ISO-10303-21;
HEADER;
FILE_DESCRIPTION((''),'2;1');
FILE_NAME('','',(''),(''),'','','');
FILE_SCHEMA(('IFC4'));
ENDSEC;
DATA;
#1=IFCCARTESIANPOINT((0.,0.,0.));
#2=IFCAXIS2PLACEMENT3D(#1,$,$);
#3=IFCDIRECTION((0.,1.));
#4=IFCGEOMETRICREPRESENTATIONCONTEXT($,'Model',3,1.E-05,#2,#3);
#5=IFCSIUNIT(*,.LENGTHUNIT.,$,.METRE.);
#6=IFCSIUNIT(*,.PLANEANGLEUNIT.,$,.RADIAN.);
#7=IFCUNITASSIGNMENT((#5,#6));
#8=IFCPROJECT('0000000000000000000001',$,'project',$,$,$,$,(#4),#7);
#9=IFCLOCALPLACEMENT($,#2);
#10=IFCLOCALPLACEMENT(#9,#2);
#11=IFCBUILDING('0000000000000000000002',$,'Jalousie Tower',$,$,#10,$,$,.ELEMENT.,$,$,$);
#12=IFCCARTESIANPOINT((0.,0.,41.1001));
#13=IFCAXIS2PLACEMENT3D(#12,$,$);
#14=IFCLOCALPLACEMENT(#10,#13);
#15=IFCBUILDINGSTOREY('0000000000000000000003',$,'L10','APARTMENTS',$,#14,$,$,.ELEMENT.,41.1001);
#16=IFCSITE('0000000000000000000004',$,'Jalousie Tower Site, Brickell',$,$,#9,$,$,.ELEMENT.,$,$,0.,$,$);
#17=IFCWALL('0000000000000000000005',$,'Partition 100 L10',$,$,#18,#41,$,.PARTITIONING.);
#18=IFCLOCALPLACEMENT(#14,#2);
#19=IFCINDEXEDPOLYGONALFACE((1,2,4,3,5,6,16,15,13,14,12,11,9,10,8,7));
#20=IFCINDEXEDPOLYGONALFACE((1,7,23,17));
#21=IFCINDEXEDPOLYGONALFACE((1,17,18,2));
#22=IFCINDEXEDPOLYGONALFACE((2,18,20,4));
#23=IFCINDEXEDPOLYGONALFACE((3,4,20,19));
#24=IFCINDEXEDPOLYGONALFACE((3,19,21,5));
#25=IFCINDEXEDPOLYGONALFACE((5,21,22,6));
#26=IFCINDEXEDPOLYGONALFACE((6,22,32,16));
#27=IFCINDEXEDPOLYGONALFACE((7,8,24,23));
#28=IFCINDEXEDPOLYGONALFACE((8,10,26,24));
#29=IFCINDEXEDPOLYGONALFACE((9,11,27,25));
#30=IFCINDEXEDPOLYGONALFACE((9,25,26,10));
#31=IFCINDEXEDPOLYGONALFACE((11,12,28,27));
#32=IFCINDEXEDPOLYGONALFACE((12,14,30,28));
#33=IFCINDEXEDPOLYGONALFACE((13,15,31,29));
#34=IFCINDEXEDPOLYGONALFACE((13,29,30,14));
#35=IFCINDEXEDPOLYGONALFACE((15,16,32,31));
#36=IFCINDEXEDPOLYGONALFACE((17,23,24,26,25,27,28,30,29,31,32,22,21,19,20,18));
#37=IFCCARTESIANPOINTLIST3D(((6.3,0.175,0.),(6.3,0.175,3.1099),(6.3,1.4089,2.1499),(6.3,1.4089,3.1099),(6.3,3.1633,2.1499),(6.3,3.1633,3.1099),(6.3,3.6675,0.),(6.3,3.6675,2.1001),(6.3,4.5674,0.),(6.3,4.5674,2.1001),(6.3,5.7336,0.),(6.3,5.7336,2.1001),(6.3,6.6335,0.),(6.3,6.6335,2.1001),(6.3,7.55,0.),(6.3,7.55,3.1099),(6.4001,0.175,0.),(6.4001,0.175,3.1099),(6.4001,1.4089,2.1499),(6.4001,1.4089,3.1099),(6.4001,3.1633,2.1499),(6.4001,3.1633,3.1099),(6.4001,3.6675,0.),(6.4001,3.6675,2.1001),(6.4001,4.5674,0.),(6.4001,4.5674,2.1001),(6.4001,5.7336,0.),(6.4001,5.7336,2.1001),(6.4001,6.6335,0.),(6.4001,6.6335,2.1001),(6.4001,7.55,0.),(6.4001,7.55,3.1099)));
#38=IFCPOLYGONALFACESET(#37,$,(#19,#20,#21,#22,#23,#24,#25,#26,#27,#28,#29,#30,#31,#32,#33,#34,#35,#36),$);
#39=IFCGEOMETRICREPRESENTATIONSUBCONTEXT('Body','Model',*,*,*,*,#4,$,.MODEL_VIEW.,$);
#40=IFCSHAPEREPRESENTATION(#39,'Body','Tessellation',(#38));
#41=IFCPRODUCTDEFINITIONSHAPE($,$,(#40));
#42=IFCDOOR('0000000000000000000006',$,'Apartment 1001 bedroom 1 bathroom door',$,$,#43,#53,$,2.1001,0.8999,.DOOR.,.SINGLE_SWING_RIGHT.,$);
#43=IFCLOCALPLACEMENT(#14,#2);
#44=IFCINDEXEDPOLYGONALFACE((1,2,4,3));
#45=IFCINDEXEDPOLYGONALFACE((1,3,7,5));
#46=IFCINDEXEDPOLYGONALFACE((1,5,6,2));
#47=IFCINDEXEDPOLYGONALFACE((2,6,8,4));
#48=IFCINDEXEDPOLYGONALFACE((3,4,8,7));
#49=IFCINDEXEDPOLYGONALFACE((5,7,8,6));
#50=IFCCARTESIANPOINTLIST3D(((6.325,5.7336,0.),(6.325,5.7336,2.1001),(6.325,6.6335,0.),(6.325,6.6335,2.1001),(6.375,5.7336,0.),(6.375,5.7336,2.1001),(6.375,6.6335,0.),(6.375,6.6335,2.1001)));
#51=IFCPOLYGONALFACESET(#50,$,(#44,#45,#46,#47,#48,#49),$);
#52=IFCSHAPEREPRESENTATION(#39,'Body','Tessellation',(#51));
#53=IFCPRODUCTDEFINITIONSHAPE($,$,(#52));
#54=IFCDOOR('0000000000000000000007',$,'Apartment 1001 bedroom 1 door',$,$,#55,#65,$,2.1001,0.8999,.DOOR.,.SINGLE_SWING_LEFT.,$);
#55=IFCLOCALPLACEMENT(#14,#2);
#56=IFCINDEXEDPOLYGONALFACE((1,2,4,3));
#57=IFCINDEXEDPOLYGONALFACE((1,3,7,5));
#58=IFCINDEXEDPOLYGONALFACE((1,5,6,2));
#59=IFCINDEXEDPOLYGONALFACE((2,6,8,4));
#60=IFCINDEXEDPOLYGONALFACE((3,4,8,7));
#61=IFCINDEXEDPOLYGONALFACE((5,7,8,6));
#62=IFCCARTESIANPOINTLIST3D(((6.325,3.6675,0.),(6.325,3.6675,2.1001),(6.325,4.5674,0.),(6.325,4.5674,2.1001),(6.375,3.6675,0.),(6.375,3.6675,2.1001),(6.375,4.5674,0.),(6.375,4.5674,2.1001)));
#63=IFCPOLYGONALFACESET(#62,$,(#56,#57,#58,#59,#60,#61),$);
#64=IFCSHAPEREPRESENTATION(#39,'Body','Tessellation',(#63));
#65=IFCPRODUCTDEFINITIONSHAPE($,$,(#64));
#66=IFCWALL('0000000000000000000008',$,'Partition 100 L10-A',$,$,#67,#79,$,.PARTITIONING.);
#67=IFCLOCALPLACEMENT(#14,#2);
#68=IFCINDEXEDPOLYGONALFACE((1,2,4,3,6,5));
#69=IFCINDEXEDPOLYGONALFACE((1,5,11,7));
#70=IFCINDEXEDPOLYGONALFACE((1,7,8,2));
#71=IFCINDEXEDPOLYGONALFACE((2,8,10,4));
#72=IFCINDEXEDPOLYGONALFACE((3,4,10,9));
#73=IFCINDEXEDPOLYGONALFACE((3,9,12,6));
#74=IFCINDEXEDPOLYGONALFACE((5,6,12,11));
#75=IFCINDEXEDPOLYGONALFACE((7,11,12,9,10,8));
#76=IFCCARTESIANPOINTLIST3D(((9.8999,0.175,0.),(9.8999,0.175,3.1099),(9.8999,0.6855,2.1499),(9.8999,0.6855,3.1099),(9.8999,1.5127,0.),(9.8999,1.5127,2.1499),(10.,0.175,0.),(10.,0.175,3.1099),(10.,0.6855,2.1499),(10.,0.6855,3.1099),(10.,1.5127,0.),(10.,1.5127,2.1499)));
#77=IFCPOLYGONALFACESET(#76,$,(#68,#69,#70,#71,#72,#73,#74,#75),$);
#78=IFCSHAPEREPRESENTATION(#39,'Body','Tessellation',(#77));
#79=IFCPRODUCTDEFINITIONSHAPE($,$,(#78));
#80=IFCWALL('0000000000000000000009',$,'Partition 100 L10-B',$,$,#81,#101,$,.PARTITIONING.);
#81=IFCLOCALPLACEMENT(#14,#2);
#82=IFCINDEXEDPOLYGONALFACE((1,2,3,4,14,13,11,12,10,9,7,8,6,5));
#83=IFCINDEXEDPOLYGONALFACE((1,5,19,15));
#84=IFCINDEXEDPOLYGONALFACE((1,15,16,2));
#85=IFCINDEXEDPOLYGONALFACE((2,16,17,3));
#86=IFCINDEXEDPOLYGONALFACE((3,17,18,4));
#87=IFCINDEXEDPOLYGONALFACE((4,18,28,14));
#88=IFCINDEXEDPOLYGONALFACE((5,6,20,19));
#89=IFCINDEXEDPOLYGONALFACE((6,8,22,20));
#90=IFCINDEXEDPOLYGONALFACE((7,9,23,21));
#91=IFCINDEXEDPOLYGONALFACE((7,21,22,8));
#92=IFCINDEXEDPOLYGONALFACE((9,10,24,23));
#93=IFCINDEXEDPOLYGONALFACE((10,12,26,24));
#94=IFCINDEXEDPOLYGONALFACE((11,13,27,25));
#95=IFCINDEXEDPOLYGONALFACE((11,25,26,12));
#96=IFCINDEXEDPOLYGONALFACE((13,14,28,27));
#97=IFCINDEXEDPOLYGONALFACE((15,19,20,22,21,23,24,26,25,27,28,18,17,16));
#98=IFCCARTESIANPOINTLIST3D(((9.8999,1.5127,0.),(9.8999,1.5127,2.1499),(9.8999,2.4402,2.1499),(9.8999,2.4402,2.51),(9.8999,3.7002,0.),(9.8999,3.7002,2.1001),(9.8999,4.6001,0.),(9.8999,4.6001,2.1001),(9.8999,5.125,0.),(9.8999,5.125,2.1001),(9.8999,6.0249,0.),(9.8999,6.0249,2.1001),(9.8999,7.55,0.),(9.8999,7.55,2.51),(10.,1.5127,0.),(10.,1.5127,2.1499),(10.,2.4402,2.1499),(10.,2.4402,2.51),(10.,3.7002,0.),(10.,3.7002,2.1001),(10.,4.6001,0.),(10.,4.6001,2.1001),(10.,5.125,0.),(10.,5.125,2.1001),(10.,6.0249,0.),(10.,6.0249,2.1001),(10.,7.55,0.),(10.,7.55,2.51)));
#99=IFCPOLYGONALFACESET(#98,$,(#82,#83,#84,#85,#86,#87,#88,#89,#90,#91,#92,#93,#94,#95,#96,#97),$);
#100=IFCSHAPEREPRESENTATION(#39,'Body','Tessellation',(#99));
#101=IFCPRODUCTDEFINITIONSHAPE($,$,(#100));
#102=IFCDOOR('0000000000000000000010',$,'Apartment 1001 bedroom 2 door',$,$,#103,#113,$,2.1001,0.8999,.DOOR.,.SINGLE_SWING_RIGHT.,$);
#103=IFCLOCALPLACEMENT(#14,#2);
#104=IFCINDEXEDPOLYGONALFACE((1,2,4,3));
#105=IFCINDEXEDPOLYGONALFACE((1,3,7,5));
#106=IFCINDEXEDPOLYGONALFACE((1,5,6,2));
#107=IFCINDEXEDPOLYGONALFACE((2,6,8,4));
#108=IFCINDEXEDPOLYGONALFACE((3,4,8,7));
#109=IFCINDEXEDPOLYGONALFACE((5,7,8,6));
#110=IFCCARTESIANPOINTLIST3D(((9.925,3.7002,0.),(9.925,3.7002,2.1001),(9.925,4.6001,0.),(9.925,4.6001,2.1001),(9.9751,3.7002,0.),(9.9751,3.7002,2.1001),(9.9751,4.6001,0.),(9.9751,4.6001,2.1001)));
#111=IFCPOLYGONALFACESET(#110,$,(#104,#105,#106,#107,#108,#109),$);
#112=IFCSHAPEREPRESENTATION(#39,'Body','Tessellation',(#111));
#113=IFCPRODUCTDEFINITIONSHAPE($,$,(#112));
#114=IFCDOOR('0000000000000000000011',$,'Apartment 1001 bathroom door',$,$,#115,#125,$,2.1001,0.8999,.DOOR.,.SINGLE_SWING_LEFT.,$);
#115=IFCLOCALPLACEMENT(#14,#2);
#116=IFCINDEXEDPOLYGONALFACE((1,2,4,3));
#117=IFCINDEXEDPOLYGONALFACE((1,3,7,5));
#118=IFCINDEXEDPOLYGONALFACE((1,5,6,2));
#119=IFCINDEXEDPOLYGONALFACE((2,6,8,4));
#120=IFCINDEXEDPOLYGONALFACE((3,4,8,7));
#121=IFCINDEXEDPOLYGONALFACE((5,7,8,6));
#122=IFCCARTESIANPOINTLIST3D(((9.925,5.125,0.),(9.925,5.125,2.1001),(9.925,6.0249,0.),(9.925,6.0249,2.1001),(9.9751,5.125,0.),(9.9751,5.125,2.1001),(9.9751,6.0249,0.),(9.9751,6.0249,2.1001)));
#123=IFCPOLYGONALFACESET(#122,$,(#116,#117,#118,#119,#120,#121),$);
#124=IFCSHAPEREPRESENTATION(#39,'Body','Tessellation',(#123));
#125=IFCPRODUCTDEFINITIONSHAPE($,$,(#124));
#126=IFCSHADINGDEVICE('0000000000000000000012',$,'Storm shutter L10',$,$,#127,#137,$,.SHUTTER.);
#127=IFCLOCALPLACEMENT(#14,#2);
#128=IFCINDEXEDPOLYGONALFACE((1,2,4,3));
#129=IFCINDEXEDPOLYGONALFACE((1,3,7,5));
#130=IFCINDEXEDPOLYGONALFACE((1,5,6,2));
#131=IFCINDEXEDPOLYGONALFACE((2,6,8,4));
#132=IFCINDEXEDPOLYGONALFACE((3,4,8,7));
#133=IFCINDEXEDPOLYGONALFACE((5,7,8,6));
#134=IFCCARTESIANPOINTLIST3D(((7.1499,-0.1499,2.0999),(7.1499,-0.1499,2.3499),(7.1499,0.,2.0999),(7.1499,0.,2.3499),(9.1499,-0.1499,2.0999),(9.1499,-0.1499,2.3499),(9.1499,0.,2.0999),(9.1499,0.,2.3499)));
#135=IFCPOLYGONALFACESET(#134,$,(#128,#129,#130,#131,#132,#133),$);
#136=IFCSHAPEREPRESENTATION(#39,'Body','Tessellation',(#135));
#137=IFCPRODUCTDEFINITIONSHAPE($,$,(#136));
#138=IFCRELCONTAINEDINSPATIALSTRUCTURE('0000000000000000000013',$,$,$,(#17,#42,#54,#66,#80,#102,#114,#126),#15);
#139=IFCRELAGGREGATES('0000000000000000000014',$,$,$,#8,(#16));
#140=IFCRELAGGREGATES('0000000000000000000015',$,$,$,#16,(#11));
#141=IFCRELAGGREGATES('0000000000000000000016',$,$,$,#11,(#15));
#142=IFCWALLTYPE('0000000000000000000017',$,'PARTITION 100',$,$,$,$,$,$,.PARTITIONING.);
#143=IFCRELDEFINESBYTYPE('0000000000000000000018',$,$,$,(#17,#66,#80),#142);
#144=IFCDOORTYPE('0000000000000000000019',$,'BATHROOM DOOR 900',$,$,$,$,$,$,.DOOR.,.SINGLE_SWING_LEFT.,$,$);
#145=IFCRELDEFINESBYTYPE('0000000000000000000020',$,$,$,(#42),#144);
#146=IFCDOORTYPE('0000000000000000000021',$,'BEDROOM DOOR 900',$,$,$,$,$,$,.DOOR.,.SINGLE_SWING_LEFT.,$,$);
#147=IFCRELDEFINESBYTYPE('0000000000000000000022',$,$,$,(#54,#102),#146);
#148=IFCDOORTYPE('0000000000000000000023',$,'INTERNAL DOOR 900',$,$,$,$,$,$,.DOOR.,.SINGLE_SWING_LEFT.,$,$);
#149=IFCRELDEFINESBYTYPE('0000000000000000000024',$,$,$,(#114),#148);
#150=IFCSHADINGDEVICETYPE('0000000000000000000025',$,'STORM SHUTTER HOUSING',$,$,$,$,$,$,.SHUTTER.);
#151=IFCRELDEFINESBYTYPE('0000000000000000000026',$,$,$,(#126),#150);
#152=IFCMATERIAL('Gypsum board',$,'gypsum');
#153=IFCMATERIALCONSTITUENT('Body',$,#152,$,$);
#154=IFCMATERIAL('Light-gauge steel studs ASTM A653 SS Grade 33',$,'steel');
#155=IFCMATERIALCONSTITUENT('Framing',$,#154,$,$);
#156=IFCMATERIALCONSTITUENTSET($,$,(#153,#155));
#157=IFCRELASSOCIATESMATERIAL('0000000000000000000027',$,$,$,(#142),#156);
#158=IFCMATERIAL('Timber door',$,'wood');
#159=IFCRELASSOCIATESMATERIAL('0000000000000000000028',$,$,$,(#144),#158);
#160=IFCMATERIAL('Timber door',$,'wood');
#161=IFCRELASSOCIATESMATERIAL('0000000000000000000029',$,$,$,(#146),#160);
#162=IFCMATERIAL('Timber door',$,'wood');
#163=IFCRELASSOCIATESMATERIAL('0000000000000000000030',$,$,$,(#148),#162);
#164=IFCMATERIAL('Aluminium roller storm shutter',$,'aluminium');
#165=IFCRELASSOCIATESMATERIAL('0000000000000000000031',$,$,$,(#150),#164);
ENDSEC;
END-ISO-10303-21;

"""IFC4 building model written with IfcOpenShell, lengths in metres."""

from ifc_helpers import new_model, si_unit, direction, frame, frame_2d, origin, origin_2d, place, context, subcontext, project, spatial, polyline, rectangle, outline, extrude, material, constituent, constituent_set, type_object, element, fill, save


model = new_model("IFC4")

# Units and contexts
model_context = context("Model", 3, precision=1e-05, world=origin(), true_north=direction((0.0, 1.0)))
body_context = subcontext(model_context, "Body", "Model", "MODEL_VIEW")
ifc_project = project(units=[si_unit("LENGTHUNIT", "METRE"), si_unit("PLANEANGLEUNIT", "RADIAN")], contexts=[model_context])

# Site, building, storey
site_placement = place(None, origin())
site = spatial("IfcSite", under=ifc_project, at=site_placement, Name="Jalousie Tower Site, Brickell", CompositionType="ELEMENT", RefElevation=0.0)
building_placement = place(site_placement, origin())
building = spatial("IfcBuilding", under=site, at=building_placement, Name="Jalousie Tower", CompositionType="ELEMENT")
storey_placement = place(building_placement, frame((0.0, 0.0, 41.1001)))
storey = spatial("IfcBuildingStorey", under=building, at=storey_placement, Name="L10", Description="APARTMENTS", CompositionType="ELEMENT", Elevation=41.1001)

# Wall, openings, doors
ifc_material_1 = material(Name="Gypsum board", Category="gypsum")
ifc_constituent_1 = constituent(ifc_material_1, Name="Body")
ifc_material_2 = material(Name="Light-gauge steel studs ASTM A653 SS Grade 33", Category="steel")
ifc_constituent_2 = constituent(ifc_material_2, Name="Framing")
ifc_constituent_set_1 = constituent_set(constituents=[ifc_constituent_1, ifc_constituent_2])
wall_type_1 = type_object("IfcWallType", Name="PARTITION 100", PredefinedType="PARTITIONING", material=ifc_constituent_set_1)
wall_1_placement = place(storey_placement, frame((6.3501, 0.175, 0.0), z_axis=(0.0, 0.0, 1.0), x_axis=(0.0, 1.0, 0.0)))
wall_1 = element("IfcWall", 1, at=wall_1_placement, inside=storey, type_object=wall_type_1, Name="Partition 100 L10", PredefinedType="PARTITIONING", context=body_context, shape_type="SweptSolid", body=[
    extrude(outline(polyline([(0.0, 0.0), (7.375, 0.0), (7.375, 3.1099), (2.9883, 3.1099), (2.9883, 2.1499), (1.2339, 2.1499), (1.2339, 3.1099), (0.0, 3.1099), (0.0, 0.0)])), frame((0.0, 0.05, 0.0), z_axis=(0.0, -1.0, 0.0), x_axis=(1.0, 0.0, 0.0)), (0.0, 0.0, 1.0), 0.1001),
])
opening_1_placement = place(wall_1_placement, frame((3.4924, 0.0, 0.0)))
opening_1 = element("IfcOpeningElement", 2, at=opening_1_placement, cuts=wall_1, PredefinedType="OPENING", context=body_context, shape_type="SweptSolid", body=[
    extrude(rectangle(XDim=0.8999, YDim=2.1001, at=frame_2d((0.45, 1.05))), frame((0.0, 0.0601, 0.0), z_axis=(0.0, -1.0, 0.0), x_axis=(1.0, 0.0, 0.0)), (0.0, 0.0, 1.0), 0.1201),
])
opening_2_placement = place(wall_1_placement, frame((5.5586, 0.0, 0.0)))
opening_2 = element("IfcOpeningElement", 3, at=opening_2_placement, cuts=wall_1, PredefinedType="OPENING", context=body_context, shape_type="SweptSolid", body=[
    extrude(rectangle(XDim=0.8999, YDim=2.1001, at=frame_2d((0.45, 1.05))), frame((0.0, 0.0601, 0.0), z_axis=(0.0, -1.0, 0.0), x_axis=(1.0, 0.0, 0.0)), (0.0, 0.0, 1.0), 0.1201),
])
ifc_material_3 = material(Name="Timber door", Category="wood")
door_type_1 = type_object("IfcDoorType", Name="BATHROOM DOOR 900", OperationType="SINGLE_SWING_LEFT", PredefinedType="DOOR", material=ifc_material_3)
door_1_placement = place(opening_2_placement, frame((0.8999, 0.0, 0.0), z_axis=(0.0, 0.0, 1.0), x_axis=(-1.0, 0.0, 0.0)))
door_1 = element("IfcDoor", 4, at=door_1_placement, inside=storey, type_object=door_type_1, Name="Apartment 1001 bedroom 1 bathroom door", OperationType="SINGLE_SWING_RIGHT", OverallHeight=2.1001, OverallWidth=0.8999, PredefinedType="DOOR", context=body_context, shape_type="SweptSolid", body=[
    extrude(rectangle(XDim=0.8999, YDim=2.1001, at=frame_2d((0.45, 1.05))), frame((0.0, 0.0249, 0.0), z_axis=(0.0, -1.0, 0.0), x_axis=(1.0, 0.0, 0.0)), (0.0, 0.0, 1.0), 0.05),
])
fill(opening_2, door_1)
ifc_material_4 = material(Name="Timber door", Category="wood")
door_type_2 = type_object("IfcDoorType", Name="BEDROOM DOOR 900", OperationType="SINGLE_SWING_LEFT", PredefinedType="DOOR", material=ifc_material_4)
door_2_placement = place(opening_1_placement, frame((0.8999, 0.0, 0.0), z_axis=(0.0, 0.0, 1.0), x_axis=(-1.0, 0.0, 0.0)))
door_2 = element("IfcDoor", 5, at=door_2_placement, inside=storey, type_object=door_type_2, Name="Apartment 1001 bedroom 1 door", OperationType="SINGLE_SWING_LEFT", OverallHeight=2.1001, OverallWidth=0.8999, PredefinedType="DOOR", context=body_context, shape_type="SweptSolid", body=[
    extrude(rectangle(XDim=0.8999, YDim=2.1001, at=frame_2d((0.45, 1.05))), frame((0.0, 0.0249, 0.0), z_axis=(0.0, -1.0, 0.0), x_axis=(1.0, 0.0, 0.0)), (0.0, 0.0, 1.0), 0.05),
])
fill(opening_1, door_2)

# Wall
wall_2_placement = place(storey_placement, frame((9.95, 0.175, 0.0), z_axis=(0.0, 0.0, 1.0), x_axis=(0.0, 1.0, 0.0)))
element("IfcWall", 6, at=wall_2_placement, inside=storey, type_object=wall_type_1, Name="Partition 100 L10-A", PredefinedType="PARTITIONING", context=body_context, shape_type="SweptSolid", body=[
    extrude(outline(polyline([(0.0, 0.0), (1.3376, 0.0), (1.3376, 2.1499), (0.5105, 2.1499), (0.5105, 3.1099), (0.0, 3.1099), (0.0, 0.0)])), frame((0.0, 0.05, 0.0), z_axis=(0.0, -1.0, 0.0), x_axis=(1.0, 0.0, 0.0)), (0.0, 0.0, 1.0), 0.1001),
])

# Wall, openings, doors
wall_3_placement = place(storey_placement, frame((9.95, 1.5127, 0.0), z_axis=(0.0, 0.0, 1.0), x_axis=(0.0, 1.0, 0.0)))
wall_3 = element("IfcWall", 7, at=wall_3_placement, inside=storey, type_object=wall_type_1, Name="Partition 100 L10-B", PredefinedType="PARTITIONING", context=body_context, shape_type="SweptSolid", body=[
    extrude(outline(polyline([(0.0, 0.0), (6.0374, 0.0), (6.0374, 2.51), (0.9275, 2.51), (0.9275, 2.1499), (0.0, 2.1499), (0.0, 0.0)])), frame((0.0, 0.05, 0.0), z_axis=(0.0, -1.0, 0.0), x_axis=(1.0, 0.0, 0.0)), (0.0, 0.0, 1.0), 0.1001),
])
opening_3_placement = place(wall_3_placement, frame((2.1875, 0.0, 0.0)))
opening_3 = element("IfcOpeningElement", 8, at=opening_3_placement, cuts=wall_3, PredefinedType="OPENING", context=body_context, shape_type="SweptSolid", body=[
    extrude(rectangle(XDim=0.8999, YDim=2.1001, at=frame_2d((0.45, 1.05))), frame((0.0, 0.0601, 0.0), z_axis=(0.0, -1.0, 0.0), x_axis=(1.0, 0.0, 0.0)), (0.0, 0.0, 1.0), 0.1201),
])
opening_4_placement = place(wall_3_placement, frame((3.6123, 0.0, 0.0)))
opening_4 = element("IfcOpeningElement", 9, at=opening_4_placement, cuts=wall_3, PredefinedType="OPENING", context=body_context, shape_type="SweptSolid", body=[
    extrude(rectangle(XDim=0.8999, YDim=2.1001, at=frame_2d((0.45, 1.05))), frame((0.0, 0.0601, 0.0), z_axis=(0.0, -1.0, 0.0), x_axis=(1.0, 0.0, 0.0)), (0.0, 0.0, 1.0), 0.1201),
])
door_3_placement = place(opening_3_placement, origin())
door_3 = element("IfcDoor", 10, at=door_3_placement, inside=storey, type_object=door_type_2, Name="Apartment 1001 bedroom 2 door", OperationType="SINGLE_SWING_RIGHT", OverallHeight=2.1001, OverallWidth=0.8999, PredefinedType="DOOR", context=body_context, shape_type="SweptSolid", body=[
    extrude(rectangle(XDim=0.8999, YDim=2.1001, at=frame_2d((0.45, 1.05))), frame((0.0, 0.0249, 0.0), z_axis=(0.0, -1.0, 0.0), x_axis=(1.0, 0.0, 0.0)), (0.0, 0.0, 1.0), 0.05),
])
fill(opening_3, door_3)
ifc_material_5 = material(Name="Timber door", Category="wood")
door_type_3 = type_object("IfcDoorType", Name="INTERNAL DOOR 900", OperationType="SINGLE_SWING_LEFT", PredefinedType="DOOR", material=ifc_material_5)
door_4_placement = place(opening_4_placement, origin())
door_4 = element("IfcDoor", 11, at=door_4_placement, inside=storey, type_object=door_type_3, Name="Apartment 1001 bathroom door", OperationType="SINGLE_SWING_LEFT", OverallHeight=2.1001, OverallWidth=0.8999, PredefinedType="DOOR", context=body_context, shape_type="SweptSolid", body=[
    extrude(rectangle(XDim=0.8999, YDim=2.1001, at=frame_2d((0.45, 1.05))), frame((0.0, 0.0249, 0.0), z_axis=(0.0, -1.0, 0.0), x_axis=(1.0, 0.0, 0.0)), (0.0, 0.0, 1.0), 0.05),
])
fill(opening_4, door_4)

# Shading device
ifc_material_6 = material(Name="Aluminium roller storm shutter", Category="aluminium")
shading_device_type = type_object("IfcShadingDeviceType", Name="STORM SHUTTER HOUSING", PredefinedType="SHUTTER", material=ifc_material_6)
shading_device_placement = place(storey_placement, frame((8.1499, -0.075, 2.0999), z_axis=(0.0, 0.0, 1.0), x_axis=(1.0, 0.0, 0.0)))
element("IfcShadingDevice", 12, at=shading_device_placement, inside=storey, type_object=shading_device_type, Name="Storm shutter L10", PredefinedType="SHUTTER", context=body_context, shape_type="SweptSolid", body=[
    extrude(rectangle(XDim=2.0, YDim=0.1499, at=origin_2d()), origin(), (0.0, 0.0, 1.0), 0.25),
])

save(model, "model.ifc")
